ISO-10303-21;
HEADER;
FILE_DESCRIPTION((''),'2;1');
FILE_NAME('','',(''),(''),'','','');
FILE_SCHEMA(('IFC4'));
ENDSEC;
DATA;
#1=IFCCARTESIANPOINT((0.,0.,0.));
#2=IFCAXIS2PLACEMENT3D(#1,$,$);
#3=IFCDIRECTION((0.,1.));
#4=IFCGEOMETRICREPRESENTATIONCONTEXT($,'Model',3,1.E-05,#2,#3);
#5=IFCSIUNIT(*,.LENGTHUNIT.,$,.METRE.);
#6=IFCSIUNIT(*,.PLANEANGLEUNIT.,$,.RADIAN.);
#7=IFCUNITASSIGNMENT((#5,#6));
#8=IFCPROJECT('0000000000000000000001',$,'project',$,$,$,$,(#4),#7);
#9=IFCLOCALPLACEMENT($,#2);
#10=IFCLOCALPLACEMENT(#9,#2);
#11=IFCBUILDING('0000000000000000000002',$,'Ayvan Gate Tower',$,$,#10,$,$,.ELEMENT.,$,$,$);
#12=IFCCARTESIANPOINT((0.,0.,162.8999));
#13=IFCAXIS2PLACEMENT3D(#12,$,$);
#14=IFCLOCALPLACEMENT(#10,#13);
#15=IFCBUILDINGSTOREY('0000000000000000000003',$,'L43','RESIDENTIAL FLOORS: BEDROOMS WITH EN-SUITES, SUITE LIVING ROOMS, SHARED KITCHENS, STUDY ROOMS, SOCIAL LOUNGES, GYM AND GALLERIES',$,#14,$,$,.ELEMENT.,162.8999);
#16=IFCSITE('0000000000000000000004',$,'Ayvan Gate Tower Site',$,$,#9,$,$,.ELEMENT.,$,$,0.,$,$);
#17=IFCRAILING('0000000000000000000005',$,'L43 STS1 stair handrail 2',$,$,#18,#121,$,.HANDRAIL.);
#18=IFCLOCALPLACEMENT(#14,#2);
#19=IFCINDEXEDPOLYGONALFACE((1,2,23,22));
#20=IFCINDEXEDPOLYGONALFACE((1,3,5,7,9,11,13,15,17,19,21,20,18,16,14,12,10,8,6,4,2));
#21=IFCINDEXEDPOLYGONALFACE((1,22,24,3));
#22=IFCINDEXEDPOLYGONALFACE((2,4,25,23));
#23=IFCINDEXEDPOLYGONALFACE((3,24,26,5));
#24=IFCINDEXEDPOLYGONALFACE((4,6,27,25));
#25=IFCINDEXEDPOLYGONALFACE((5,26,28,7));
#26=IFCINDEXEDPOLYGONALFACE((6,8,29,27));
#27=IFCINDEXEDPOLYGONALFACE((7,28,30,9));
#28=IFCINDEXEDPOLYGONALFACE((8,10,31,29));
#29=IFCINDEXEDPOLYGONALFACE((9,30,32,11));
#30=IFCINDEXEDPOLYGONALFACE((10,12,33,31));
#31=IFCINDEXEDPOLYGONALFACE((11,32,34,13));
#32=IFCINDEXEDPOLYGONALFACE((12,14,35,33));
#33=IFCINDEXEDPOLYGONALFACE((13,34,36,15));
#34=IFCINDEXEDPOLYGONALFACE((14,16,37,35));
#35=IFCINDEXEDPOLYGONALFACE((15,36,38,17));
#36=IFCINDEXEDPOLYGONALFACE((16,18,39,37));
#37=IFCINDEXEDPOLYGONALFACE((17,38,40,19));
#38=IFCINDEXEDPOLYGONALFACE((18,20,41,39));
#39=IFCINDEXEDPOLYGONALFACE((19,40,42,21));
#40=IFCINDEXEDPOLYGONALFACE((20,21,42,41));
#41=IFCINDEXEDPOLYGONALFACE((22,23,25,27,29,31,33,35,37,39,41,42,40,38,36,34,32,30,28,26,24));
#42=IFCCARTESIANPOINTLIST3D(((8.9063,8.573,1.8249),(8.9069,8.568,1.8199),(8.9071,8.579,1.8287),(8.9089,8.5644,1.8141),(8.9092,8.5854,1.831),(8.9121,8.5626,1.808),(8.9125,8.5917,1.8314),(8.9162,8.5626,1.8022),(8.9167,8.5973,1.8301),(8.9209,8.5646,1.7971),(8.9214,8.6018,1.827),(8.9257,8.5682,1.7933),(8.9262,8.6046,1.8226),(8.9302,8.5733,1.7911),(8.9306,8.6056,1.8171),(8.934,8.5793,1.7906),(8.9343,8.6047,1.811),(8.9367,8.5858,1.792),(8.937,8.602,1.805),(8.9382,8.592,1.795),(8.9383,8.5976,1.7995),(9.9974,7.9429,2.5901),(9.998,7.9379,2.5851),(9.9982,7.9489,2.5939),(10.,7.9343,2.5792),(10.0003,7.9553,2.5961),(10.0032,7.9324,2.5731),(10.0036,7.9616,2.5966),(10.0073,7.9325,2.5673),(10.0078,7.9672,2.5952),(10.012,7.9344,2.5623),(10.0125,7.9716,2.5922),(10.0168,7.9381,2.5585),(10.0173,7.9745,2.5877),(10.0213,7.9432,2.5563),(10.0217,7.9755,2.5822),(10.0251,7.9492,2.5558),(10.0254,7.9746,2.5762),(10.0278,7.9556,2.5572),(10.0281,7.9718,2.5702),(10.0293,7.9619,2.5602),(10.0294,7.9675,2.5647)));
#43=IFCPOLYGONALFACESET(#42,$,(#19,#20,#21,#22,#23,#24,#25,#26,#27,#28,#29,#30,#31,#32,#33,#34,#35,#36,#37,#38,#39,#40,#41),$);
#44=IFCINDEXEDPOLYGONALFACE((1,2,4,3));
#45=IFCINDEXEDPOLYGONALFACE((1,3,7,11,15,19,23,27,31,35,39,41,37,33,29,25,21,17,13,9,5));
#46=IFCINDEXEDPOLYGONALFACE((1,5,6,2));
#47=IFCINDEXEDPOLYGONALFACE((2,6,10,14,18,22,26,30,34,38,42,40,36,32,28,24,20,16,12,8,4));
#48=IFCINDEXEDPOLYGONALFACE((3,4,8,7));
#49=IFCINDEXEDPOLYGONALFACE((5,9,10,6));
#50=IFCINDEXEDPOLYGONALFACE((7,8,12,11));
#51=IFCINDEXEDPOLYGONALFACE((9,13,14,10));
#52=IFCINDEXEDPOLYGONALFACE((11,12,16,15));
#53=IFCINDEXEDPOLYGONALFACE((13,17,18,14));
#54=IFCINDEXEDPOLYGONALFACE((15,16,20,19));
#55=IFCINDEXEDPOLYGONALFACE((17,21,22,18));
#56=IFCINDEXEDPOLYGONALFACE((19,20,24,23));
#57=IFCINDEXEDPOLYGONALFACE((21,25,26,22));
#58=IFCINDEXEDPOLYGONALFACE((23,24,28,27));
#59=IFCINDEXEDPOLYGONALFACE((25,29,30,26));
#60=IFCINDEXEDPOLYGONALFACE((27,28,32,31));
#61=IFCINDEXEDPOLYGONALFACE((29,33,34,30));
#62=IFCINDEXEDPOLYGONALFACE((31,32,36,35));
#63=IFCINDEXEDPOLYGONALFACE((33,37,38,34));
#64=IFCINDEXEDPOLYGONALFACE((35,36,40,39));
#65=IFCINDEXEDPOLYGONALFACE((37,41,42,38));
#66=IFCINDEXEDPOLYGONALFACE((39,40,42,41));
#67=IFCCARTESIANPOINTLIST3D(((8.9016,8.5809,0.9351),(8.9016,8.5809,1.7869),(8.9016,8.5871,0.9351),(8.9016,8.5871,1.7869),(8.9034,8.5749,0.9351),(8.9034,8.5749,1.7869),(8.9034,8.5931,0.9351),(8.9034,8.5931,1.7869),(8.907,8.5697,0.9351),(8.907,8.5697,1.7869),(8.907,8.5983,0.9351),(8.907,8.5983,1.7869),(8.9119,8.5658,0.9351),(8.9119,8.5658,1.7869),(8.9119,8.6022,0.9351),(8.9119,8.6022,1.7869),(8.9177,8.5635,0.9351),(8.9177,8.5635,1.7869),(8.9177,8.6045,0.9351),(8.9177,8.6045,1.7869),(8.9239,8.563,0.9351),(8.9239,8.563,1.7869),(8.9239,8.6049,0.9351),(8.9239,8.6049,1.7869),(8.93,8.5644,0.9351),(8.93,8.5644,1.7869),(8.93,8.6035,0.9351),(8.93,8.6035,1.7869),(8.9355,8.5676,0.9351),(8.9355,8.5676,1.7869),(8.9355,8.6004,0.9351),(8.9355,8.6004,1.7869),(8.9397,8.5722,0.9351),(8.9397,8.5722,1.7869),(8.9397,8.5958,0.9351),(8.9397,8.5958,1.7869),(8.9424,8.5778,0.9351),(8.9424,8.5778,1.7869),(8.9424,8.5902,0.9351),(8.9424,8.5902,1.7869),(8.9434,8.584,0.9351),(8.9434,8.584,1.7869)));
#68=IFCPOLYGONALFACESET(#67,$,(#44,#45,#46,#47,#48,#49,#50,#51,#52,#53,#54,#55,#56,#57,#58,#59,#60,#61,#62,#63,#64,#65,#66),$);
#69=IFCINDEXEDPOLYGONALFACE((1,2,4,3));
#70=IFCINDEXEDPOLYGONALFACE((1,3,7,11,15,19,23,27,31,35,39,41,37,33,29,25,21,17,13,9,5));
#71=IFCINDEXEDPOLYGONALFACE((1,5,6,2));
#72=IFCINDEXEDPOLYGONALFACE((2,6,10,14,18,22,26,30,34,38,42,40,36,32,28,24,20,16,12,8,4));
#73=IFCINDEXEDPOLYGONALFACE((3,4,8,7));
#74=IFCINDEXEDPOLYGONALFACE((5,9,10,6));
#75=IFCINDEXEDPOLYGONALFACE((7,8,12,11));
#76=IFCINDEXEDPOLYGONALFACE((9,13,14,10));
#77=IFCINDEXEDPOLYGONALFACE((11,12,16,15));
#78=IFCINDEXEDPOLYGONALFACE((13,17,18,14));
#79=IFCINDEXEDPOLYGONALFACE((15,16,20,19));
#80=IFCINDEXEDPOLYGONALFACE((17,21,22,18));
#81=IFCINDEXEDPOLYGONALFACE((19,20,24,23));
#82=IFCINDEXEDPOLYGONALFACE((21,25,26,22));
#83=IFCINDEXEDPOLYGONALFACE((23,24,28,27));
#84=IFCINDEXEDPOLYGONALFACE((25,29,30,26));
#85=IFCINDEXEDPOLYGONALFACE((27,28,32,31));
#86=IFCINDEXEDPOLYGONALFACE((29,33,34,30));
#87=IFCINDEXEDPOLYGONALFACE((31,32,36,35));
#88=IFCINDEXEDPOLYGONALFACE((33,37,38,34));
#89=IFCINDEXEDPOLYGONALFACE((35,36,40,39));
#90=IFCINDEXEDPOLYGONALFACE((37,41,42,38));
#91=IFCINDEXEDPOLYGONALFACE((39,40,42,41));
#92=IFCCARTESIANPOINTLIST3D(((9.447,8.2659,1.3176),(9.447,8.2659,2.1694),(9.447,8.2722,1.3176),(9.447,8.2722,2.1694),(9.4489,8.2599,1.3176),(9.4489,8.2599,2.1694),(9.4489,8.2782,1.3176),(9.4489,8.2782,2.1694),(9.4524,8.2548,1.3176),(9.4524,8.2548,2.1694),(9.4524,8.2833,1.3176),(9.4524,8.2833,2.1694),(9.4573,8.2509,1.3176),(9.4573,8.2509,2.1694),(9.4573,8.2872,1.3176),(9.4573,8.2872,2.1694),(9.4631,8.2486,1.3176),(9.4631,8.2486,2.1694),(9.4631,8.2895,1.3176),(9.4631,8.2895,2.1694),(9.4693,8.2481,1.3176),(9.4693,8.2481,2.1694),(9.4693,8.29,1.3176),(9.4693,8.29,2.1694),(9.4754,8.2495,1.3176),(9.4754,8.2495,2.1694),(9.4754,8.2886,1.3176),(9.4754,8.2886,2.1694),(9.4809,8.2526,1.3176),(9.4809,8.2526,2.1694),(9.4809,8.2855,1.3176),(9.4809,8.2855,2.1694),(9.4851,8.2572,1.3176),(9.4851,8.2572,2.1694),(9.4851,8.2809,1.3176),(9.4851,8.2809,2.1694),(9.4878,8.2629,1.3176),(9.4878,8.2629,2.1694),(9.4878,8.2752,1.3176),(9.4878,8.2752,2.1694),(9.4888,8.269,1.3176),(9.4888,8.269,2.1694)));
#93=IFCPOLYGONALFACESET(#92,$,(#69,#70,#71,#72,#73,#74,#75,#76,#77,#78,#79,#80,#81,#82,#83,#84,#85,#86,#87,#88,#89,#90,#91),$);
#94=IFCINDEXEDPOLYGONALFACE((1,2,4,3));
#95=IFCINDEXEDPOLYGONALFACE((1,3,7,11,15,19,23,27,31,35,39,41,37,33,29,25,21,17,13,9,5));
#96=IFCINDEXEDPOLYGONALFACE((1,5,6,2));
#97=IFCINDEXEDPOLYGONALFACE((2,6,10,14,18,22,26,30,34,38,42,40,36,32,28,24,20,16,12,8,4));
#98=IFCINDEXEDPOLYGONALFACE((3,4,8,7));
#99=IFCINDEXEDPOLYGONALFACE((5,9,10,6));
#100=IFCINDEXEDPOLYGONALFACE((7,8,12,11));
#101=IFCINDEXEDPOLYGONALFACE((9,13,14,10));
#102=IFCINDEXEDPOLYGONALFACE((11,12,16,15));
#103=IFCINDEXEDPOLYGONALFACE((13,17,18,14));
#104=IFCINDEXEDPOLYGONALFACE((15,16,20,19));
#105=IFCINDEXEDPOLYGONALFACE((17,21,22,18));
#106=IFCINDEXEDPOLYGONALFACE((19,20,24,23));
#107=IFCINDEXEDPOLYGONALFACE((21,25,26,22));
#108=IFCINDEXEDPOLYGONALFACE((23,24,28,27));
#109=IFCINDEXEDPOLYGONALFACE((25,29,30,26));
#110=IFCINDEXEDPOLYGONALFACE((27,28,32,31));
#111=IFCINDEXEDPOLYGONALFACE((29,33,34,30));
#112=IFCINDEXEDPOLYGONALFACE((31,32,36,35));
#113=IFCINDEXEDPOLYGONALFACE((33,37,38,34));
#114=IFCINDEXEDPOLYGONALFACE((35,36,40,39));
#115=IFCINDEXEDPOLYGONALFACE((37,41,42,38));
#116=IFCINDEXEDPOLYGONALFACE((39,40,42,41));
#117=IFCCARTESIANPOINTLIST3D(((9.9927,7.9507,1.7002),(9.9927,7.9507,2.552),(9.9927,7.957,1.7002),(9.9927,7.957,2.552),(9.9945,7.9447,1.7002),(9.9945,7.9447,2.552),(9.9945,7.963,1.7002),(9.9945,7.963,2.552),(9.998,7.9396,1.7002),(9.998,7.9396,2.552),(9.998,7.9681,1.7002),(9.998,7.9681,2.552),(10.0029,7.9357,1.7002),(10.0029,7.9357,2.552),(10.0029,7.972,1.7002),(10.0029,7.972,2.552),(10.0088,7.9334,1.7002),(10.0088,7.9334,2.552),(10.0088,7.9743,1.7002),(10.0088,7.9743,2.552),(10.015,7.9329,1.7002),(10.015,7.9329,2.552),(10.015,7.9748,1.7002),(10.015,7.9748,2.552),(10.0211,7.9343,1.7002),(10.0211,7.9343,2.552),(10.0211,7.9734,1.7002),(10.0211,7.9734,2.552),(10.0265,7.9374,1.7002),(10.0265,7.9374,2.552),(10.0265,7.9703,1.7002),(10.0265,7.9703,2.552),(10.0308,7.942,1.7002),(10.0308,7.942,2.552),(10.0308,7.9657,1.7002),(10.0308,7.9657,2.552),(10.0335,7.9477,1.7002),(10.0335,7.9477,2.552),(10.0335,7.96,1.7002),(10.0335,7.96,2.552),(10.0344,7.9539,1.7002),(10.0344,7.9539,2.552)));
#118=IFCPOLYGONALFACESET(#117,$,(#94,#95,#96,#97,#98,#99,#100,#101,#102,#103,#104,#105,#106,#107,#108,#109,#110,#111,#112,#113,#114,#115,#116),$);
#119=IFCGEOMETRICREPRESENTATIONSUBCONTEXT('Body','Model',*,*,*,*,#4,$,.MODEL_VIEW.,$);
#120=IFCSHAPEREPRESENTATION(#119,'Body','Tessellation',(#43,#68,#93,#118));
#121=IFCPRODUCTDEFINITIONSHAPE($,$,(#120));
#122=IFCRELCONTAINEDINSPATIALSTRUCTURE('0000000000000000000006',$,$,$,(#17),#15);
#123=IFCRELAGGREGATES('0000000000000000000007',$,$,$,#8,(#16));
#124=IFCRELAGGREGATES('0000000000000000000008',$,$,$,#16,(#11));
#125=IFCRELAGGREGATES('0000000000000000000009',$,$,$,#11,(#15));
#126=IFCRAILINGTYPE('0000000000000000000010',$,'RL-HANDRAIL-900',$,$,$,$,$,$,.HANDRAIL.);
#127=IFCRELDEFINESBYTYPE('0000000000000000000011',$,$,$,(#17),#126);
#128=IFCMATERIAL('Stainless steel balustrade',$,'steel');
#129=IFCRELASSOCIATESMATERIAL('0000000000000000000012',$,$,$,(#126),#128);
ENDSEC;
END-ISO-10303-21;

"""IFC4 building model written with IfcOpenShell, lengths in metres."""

from ifc_helpers import new_model, si_unit, direction, frame, origin, origin_2d, place, context, subcontext, project, spatial, circle, extrude, material, type_object, element, save


model = new_model("IFC4")

# Units and contexts
model_context = context("Model", 3, precision=1e-05, world=origin(), true_north=direction((0.0, 1.0)))
body_context = subcontext(model_context, "Body", "Model", "MODEL_VIEW")
ifc_project = project(units=[si_unit("LENGTHUNIT", "METRE"), si_unit("PLANEANGLEUNIT", "RADIAN")], contexts=[model_context])

# Site, building, storey
site_placement = place(None, origin())
site = spatial("IfcSite", under=ifc_project, at=site_placement, Name="Ayvan Gate Tower Site", CompositionType="ELEMENT", RefElevation=0.0)
building_placement = place(site_placement, origin())
building = spatial("IfcBuilding", under=site, at=building_placement, Name="Ayvan Gate Tower", CompositionType="ELEMENT")
storey_placement = place(building_placement, frame((0.0, 0.0, 162.8999)))
storey = spatial("IfcBuildingStorey", under=building, at=storey_placement, Name="L43", Description="RESIDENTIAL FLOORS: BEDROOMS WITH EN-SUITES, SUITE LIVING ROOMS, SHARED KITCHENS, STUDY ROOMS, SOCIAL LOUNGES, GYM AND GALLERIES", CompositionType="ELEMENT", Elevation=162.8999)

# Railing
ifc_material_1 = material(Name="Stainless steel balustrade", Category="steel")
railing_type_1 = type_object("IfcRailingType", Name="RL-HANDRAIL-900", PredefinedType="HANDRAIL", material=ifc_material_1)
railing_1_placement = place(storey_placement, frame((8.9224, 8.584, 0.9351)))
element("IfcRailing", 1, at=railing_1_placement, inside=storey, type_object=railing_type_1, Name="L43 STS1 stair handrail 2", PredefinedType="HANDRAIL", context=body_context, shape_type="SweptSolid", body=[
    extrude(circle(Radius=0.0239, at=origin_2d()), frame((0.0, 0.0, 0.876), z_axis=(0.740166, -0.427471, 0.51906), x_axis=(0.500119, 0.865956, 0.0)), (0.0, 0.0, 1.0), 1.4741),
    extrude(circle(Radius=0.021, at=origin_2d()), origin(), (0.0, 0.0, 1.0), 0.8518),
    extrude(circle(Radius=0.021, at=origin_2d()), frame((0.5454, -0.3149, 0.3826)), (0.0, 0.0, 1.0), 0.8518),
    extrude(circle(Radius=0.021, at=origin_2d()), frame((1.0911, -0.6301, 0.7651)), (0.0, 0.0, 1.0), 0.8518),
])

save(model, "model.ifc")
